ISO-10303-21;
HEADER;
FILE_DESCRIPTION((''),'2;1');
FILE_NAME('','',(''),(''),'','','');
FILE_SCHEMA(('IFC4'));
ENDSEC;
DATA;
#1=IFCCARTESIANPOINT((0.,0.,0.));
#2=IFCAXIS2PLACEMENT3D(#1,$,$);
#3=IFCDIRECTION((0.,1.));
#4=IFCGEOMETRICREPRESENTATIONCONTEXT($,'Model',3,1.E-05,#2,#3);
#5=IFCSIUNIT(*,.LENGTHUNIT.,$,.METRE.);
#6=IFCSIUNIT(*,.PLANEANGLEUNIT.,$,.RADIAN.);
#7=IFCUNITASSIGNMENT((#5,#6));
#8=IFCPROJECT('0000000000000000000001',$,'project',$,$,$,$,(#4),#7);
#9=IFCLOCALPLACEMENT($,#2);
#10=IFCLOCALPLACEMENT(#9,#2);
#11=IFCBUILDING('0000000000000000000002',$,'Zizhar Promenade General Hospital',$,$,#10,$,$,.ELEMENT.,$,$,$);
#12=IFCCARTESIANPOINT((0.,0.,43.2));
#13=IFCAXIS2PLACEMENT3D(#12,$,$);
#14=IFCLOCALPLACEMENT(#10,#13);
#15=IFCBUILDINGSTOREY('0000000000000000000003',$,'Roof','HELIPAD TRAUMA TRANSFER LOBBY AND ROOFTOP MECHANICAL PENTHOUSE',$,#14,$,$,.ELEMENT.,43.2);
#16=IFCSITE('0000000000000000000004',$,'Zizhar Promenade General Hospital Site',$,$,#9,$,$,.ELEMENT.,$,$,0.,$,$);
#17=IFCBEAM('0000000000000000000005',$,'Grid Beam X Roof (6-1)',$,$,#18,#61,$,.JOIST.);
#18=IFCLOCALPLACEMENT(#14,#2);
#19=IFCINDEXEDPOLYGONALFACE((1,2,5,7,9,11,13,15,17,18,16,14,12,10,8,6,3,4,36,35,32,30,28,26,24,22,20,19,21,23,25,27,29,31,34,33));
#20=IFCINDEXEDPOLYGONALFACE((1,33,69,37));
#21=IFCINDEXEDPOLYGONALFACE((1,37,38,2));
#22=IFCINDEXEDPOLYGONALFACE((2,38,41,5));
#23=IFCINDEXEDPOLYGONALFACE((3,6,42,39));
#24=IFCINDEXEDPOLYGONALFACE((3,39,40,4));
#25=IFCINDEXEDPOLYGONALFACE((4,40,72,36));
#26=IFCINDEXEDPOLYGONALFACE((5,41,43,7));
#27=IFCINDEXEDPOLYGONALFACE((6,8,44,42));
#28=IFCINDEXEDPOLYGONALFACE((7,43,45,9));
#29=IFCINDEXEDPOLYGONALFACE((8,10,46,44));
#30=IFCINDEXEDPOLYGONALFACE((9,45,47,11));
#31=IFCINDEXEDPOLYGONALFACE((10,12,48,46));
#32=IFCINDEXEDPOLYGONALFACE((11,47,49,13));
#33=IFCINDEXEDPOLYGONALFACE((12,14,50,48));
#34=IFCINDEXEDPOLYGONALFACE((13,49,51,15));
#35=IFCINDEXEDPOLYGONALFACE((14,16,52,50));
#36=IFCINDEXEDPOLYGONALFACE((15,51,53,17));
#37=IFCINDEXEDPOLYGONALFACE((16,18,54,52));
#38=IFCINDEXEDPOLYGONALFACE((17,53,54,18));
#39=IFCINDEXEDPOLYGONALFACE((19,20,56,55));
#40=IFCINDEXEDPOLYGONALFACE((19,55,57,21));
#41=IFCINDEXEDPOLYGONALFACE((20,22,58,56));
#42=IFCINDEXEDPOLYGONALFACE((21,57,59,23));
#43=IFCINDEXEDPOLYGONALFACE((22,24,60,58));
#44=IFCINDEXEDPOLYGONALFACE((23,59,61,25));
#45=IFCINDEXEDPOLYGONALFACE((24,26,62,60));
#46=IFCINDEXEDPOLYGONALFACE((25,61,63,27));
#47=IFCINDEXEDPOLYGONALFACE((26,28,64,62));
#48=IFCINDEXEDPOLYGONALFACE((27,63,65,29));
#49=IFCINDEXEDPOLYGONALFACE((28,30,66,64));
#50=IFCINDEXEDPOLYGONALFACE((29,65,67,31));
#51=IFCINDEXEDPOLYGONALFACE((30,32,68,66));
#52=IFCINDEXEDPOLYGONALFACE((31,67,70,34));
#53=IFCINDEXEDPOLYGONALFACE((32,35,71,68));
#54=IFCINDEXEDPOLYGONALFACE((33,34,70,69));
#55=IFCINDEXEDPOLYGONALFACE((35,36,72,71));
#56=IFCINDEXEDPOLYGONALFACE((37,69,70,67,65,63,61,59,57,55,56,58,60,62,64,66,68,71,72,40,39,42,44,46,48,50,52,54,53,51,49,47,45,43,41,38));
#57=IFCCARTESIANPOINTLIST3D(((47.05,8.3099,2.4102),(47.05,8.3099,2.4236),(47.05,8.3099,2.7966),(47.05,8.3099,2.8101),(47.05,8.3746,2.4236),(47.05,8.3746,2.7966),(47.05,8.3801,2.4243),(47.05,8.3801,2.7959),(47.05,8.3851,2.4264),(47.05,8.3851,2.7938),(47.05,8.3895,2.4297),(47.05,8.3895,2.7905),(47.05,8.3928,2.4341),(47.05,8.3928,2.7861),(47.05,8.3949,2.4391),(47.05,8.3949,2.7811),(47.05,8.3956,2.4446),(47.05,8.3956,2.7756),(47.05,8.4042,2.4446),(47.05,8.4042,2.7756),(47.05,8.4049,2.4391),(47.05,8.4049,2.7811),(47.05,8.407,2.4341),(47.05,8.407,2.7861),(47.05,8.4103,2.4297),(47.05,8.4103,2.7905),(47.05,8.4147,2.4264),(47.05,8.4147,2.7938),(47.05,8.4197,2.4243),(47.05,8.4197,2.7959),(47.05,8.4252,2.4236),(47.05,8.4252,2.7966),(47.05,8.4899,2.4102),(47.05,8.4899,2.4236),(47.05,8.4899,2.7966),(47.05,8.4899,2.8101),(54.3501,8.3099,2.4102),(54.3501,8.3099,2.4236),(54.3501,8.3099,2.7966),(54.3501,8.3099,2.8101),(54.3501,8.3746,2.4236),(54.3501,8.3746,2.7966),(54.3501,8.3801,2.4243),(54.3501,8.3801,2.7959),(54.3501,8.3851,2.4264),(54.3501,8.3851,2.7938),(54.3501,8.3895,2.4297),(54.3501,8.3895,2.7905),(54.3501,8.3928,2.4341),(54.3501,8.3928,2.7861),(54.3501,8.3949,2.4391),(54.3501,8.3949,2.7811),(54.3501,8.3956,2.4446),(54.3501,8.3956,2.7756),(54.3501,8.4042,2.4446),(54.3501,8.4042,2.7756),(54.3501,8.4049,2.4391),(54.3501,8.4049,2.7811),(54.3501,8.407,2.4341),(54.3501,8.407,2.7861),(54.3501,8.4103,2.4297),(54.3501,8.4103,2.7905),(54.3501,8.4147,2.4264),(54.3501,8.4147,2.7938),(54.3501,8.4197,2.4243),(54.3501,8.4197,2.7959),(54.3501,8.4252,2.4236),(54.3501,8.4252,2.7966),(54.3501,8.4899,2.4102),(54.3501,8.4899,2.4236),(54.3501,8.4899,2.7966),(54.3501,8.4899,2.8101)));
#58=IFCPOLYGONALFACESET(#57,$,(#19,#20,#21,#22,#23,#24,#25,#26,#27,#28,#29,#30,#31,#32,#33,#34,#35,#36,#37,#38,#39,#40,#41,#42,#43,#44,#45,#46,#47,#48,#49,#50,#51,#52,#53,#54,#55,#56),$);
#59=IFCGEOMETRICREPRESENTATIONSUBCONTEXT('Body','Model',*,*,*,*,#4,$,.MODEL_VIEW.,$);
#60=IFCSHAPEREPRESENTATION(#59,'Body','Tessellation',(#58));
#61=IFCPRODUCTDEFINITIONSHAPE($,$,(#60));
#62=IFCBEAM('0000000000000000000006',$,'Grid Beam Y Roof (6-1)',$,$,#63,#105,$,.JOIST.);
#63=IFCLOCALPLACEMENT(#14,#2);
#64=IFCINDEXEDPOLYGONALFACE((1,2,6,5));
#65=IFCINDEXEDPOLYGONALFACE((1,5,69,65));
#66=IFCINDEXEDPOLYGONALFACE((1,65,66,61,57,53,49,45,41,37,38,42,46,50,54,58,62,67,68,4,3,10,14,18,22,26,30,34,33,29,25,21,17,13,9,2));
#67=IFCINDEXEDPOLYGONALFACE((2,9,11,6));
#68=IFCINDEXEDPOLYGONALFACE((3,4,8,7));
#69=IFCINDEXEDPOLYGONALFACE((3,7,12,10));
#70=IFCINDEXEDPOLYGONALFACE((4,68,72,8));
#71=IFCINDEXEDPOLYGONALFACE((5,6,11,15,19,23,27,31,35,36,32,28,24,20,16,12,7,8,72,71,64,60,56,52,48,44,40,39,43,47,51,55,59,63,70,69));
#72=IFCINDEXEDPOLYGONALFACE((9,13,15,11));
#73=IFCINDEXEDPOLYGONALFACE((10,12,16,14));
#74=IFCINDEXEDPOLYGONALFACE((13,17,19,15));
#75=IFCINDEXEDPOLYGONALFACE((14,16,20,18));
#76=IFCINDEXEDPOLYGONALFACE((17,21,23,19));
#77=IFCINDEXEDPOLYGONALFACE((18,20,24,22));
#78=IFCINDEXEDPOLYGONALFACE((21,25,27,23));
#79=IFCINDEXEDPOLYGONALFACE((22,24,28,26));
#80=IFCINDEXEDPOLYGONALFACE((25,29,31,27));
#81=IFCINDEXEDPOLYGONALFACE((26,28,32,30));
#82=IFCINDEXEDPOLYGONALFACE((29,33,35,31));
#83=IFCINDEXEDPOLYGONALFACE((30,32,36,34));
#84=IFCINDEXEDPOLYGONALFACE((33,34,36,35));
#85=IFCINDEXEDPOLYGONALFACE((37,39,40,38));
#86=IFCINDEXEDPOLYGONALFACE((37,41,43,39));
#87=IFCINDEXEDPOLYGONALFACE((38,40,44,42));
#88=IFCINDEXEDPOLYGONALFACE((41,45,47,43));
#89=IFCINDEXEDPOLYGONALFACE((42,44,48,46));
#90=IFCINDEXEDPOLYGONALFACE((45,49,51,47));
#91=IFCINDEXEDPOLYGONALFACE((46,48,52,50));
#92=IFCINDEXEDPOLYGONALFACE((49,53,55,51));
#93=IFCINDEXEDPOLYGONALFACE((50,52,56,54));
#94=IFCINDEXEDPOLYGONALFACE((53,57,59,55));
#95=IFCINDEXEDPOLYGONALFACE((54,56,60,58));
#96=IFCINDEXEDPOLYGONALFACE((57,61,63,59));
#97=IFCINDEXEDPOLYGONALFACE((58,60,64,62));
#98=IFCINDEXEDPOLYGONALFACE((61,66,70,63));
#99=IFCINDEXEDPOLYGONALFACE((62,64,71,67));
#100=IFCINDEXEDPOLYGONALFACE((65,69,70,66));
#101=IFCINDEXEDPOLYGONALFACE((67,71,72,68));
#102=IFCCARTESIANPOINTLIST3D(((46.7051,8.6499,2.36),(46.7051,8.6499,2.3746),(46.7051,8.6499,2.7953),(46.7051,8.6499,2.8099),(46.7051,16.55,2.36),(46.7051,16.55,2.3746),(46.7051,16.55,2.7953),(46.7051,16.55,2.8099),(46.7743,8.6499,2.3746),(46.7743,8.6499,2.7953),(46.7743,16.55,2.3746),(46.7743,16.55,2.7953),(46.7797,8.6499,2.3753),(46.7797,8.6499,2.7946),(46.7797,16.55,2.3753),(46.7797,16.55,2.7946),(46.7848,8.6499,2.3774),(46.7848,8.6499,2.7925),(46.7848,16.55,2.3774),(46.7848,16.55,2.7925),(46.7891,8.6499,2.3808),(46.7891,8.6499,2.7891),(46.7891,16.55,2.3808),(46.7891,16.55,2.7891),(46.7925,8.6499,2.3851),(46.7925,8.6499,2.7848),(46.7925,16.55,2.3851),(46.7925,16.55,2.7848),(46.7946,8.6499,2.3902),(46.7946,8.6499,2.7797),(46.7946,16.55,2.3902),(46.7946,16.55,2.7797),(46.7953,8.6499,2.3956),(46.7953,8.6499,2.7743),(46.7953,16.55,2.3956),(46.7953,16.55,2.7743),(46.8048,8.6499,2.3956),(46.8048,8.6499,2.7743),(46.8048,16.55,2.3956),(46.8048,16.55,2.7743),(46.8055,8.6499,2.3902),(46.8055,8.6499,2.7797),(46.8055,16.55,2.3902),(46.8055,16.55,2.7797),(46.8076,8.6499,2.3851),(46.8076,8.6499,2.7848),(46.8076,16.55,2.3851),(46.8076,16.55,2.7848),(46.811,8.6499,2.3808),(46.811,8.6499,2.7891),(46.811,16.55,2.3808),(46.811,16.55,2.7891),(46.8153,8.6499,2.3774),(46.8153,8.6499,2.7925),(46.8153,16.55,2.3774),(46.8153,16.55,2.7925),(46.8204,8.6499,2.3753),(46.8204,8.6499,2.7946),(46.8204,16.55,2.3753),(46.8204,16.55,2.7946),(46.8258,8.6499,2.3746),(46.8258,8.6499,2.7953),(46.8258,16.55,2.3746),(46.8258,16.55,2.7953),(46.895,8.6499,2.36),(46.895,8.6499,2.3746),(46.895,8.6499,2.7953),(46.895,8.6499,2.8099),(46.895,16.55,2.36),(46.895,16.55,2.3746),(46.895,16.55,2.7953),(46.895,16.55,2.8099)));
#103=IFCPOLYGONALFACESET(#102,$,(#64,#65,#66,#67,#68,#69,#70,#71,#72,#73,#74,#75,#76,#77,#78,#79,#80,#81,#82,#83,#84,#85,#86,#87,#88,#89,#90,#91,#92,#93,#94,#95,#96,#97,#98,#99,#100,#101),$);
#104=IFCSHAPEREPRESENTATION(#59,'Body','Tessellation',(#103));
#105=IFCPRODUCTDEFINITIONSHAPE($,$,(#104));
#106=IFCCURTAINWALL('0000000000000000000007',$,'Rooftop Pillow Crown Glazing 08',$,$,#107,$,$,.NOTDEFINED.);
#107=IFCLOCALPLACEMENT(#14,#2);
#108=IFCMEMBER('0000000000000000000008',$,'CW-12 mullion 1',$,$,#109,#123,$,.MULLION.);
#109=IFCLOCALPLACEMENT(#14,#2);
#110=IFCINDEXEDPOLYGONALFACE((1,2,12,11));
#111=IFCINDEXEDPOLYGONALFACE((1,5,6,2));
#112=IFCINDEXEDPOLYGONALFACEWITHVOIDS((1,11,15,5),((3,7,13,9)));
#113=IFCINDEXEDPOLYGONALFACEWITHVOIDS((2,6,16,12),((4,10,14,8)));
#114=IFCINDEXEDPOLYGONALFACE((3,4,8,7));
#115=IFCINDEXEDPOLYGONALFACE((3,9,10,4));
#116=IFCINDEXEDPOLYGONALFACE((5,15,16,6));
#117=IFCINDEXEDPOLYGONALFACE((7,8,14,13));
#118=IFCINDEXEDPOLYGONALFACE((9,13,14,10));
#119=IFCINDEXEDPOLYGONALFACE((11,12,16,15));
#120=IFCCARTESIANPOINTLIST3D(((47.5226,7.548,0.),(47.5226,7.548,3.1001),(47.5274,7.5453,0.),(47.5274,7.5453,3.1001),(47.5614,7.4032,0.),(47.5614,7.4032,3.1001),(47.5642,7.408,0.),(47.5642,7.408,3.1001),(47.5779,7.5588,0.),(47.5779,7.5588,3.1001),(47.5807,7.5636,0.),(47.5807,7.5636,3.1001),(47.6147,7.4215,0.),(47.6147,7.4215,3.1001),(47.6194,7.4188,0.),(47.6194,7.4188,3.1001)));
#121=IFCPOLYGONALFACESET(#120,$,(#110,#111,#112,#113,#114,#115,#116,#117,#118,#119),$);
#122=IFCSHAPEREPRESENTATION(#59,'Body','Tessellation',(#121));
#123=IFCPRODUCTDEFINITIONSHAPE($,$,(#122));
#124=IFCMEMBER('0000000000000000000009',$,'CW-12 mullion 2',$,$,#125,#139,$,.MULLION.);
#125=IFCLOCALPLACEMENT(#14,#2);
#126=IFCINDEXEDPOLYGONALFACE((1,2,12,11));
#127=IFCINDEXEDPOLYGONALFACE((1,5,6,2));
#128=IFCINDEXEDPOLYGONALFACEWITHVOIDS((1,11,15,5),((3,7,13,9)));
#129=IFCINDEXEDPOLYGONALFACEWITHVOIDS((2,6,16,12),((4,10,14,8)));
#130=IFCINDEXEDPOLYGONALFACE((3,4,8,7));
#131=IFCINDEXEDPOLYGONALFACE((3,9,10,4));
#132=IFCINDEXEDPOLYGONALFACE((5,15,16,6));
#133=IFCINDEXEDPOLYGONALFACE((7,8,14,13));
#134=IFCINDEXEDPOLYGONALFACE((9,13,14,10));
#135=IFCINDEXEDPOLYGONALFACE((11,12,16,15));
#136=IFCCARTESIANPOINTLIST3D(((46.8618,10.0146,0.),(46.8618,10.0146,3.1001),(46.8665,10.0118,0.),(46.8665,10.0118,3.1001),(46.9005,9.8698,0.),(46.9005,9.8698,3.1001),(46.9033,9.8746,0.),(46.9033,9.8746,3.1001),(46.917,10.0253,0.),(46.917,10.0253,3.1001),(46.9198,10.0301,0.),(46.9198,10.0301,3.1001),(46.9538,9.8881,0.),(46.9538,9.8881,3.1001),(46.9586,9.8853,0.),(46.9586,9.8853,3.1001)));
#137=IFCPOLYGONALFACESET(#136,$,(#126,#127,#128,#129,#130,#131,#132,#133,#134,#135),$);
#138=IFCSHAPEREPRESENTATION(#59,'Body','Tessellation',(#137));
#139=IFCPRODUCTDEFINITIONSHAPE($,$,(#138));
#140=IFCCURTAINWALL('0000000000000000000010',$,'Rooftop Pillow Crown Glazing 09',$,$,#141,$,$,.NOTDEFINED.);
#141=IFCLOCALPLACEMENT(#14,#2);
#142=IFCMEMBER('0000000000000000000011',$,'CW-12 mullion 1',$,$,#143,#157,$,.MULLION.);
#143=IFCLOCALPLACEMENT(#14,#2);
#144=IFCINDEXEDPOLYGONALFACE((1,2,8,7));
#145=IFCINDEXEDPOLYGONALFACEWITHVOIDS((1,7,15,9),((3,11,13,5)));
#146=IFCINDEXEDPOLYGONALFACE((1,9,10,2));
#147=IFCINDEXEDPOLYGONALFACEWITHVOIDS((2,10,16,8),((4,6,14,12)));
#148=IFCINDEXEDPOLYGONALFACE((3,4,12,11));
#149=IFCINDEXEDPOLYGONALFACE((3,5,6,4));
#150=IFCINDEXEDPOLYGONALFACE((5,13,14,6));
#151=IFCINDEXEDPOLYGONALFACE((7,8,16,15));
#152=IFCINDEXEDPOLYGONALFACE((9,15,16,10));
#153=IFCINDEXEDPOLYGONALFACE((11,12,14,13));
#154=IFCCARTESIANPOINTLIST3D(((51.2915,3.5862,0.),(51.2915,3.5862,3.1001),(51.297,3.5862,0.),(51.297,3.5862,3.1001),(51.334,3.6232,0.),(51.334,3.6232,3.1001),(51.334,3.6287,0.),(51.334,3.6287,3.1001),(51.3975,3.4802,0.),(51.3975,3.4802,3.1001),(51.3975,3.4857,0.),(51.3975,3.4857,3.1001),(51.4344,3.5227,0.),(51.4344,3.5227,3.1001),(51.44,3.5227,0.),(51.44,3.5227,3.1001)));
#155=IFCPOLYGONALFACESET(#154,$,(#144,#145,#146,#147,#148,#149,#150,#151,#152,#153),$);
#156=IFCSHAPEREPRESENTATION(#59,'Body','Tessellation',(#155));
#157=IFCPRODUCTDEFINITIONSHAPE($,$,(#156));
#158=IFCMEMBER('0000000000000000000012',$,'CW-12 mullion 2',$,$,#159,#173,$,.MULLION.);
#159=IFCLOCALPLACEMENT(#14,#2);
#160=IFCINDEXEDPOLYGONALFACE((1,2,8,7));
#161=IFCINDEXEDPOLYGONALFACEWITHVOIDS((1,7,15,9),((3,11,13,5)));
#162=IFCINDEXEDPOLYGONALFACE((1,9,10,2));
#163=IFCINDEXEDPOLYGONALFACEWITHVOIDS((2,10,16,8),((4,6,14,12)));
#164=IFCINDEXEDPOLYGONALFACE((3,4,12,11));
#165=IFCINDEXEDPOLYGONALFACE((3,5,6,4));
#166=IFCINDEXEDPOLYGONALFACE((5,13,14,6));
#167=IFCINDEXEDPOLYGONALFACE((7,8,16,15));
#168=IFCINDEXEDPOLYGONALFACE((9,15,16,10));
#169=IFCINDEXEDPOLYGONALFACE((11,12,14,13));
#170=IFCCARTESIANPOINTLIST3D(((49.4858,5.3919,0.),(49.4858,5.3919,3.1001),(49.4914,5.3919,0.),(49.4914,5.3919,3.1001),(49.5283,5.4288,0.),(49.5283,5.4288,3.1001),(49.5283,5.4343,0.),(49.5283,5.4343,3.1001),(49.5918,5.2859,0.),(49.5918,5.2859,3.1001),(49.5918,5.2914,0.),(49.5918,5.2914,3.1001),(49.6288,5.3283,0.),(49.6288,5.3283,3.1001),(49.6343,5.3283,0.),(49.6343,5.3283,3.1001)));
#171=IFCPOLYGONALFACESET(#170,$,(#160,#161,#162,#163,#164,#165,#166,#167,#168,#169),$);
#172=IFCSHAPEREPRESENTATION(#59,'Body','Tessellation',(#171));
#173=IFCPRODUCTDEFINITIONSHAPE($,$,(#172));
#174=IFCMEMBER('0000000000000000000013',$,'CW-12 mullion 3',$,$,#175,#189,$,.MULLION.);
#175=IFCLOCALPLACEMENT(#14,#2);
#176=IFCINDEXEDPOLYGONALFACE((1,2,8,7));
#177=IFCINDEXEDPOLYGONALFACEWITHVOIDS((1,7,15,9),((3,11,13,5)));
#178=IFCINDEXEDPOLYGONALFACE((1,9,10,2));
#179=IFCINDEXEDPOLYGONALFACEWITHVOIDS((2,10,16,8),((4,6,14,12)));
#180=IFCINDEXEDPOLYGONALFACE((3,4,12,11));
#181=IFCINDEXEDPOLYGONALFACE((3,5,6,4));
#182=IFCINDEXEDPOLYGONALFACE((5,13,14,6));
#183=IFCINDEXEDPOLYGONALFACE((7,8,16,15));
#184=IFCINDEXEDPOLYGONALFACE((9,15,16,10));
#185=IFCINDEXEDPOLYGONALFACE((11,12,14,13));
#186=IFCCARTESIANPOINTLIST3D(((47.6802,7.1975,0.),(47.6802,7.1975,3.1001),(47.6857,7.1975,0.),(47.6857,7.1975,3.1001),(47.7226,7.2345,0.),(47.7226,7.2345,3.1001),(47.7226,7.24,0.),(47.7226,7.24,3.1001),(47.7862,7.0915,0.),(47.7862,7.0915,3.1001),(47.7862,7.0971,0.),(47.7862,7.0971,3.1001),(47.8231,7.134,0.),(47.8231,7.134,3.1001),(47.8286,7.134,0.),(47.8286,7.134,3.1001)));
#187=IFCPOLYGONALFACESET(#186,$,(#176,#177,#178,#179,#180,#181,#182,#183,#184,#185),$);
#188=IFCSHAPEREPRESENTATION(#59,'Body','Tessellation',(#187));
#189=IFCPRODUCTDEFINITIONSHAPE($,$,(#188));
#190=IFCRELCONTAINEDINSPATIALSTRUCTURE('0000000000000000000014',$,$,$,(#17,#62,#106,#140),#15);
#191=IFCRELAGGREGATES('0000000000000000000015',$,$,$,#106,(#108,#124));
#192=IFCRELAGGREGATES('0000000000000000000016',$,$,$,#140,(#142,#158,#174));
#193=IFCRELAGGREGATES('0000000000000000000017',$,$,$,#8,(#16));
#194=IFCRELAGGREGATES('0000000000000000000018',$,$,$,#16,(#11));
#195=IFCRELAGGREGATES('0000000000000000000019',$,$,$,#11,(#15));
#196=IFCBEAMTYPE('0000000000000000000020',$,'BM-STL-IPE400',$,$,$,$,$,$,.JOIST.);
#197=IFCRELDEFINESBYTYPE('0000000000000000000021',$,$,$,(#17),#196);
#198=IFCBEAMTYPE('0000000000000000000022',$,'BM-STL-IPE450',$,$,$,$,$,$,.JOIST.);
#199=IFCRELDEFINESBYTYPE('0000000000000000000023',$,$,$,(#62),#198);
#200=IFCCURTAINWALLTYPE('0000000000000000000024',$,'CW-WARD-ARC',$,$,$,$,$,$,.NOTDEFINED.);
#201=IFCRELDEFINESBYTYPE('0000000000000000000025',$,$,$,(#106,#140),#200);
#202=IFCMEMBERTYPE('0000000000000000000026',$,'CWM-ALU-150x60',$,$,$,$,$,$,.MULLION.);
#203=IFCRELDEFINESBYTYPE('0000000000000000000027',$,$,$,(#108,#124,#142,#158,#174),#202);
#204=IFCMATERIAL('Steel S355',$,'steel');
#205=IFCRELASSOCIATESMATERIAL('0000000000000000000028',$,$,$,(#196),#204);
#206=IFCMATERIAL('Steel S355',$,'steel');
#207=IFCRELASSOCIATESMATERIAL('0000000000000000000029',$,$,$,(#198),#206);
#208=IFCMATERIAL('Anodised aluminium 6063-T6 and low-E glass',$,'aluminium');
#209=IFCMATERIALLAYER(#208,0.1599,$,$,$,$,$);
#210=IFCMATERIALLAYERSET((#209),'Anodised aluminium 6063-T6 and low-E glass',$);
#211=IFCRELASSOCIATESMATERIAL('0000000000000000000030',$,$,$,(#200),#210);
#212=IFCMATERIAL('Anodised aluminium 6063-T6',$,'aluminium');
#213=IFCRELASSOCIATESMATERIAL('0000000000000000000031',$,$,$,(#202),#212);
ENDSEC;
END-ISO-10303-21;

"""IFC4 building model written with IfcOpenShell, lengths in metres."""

from ifc_helpers import new_model, si_unit, direction, frame, origin, origin_2d, place, context, subcontext, project, spatial, hollow_rectangle, i_section, extrude, material, layer, layer_set, material_profile, profile_set, type_object, element, aggregate, save


model = new_model("IFC4")

# Units and contexts
model_context = context("Model", 3, precision=1e-05, world=origin(), true_north=direction((0.0, 1.0)))
body_context = subcontext(model_context, "Body", "Model", "MODEL_VIEW")
ifc_project = project(units=[si_unit("LENGTHUNIT", "METRE"), si_unit("PLANEANGLEUNIT", "RADIAN")], contexts=[model_context])

# Site, building, storey
site_placement = place(None, origin())
site = spatial("IfcSite", under=ifc_project, at=site_placement, Name="Zizhar Promenade General Hospital Site", CompositionType="ELEMENT", RefElevation=0.0)
building_placement = place(site_placement, origin())
building = spatial("IfcBuilding", under=site, at=building_placement, Name="Zizhar Promenade General Hospital", CompositionType="ELEMENT")
storey_placement = place(building_placement, frame((0.0, 0.0, 43.2)))
storey = spatial("IfcBuildingStorey", under=building, at=storey_placement, Name="Roof", Description="HELIPAD TRAUMA TRANSFER LOBBY AND ROOFTOP MECHANICAL PENTHOUSE", CompositionType="ELEMENT", Elevation=43.2)

# Beams
ifc_material_1 = material(Name="Steel S355", Category="steel")
ifc_material_profile_1 = material_profile(ifc_material_1, i_section(OverallWidth=0.1799, OverallDepth=0.3999, WebThickness=0.0085, FlangeThickness=0.0134, FilletRadius=0.021, at=origin_2d()))
ifc_profile_set_1 = profile_set([ifc_material_profile_1], Name="Steel S355")
beam_type_1 = type_object("IfcBeamType", Name="BM-STL-IPE400", PredefinedType="JOIST", material=ifc_profile_set_1)
beam_1_placement = place(storey_placement, frame((47.05, 8.3999, 2.6101), z_axis=(1.0, 0.0, 0.0), x_axis=(0.0, 1.0, 0.0)))
element("IfcBeam", 1, at=beam_1_placement, inside=storey, type_object=beam_type_1, Name="Grid Beam X Roof (6-1)", PredefinedType="JOIST", context=body_context, shape_type="SweptSolid", body=[
    extrude(i_section(OverallWidth=0.1799, OverallDepth=0.3999, WebThickness=0.0085, FlangeThickness=0.0134, FilletRadius=0.021, at=origin_2d()), origin(), (0.0, 0.0, 1.0), 7.3),
])
ifc_material_2 = material(Name="Steel S355", Category="steel")
ifc_material_profile_2 = material_profile(ifc_material_2, i_section(OverallWidth=0.1899, OverallDepth=0.45, WebThickness=0.0095, FlangeThickness=0.0146, FilletRadius=0.021, at=origin_2d()))
ifc_profile_set_2 = profile_set([ifc_material_profile_2], Name="Steel S355")
beam_type_2 = type_object("IfcBeamType", Name="BM-STL-IPE450", PredefinedType="JOIST", material=ifc_profile_set_2)
beam_2_placement = place(storey_placement, frame((46.8, 8.6499, 2.585), z_axis=(0.0, 1.0, 0.0), x_axis=(-1.0, 0.0, 0.0)))
element("IfcBeam", 2, at=beam_2_placement, inside=storey, type_object=beam_type_2, Name="Grid Beam Y Roof (6-1)", PredefinedType="JOIST", context=body_context, shape_type="SweptSolid", body=[
    extrude(i_section(OverallWidth=0.1899, OverallDepth=0.45, WebThickness=0.0095, FlangeThickness=0.0146, FilletRadius=0.021, at=origin_2d()), origin(), (0.0, 0.0, 1.0), 7.9001),
])

# Curtain walls, members
ifc_material_3 = material(Name="Anodised aluminium 6063-T6 and low-E glass", Category="aluminium")
ifc_layer_1 = layer(ifc_material_3, 0.1599)
ifc_layer_set_1 = layer_set([ifc_layer_1], Name="Anodised aluminium 6063-T6 and low-E glass")
curtain_wall_type = type_object("IfcCurtainWallType", Name="CW-WARD-ARC", PredefinedType="NOTDEFINED", material=ifc_layer_set_1)
curtain_wall_1_placement = place(storey_placement, origin())
curtain_wall_1 = element("IfcCurtainWall", 3, at=curtain_wall_1_placement, inside=storey, type_object=curtain_wall_type, Name="Rooftop Pillow Crown Glazing 08", PredefinedType="NOTDEFINED")
ifc_material_4 = material(Name="Anodised aluminium 6063-T6", Category="aluminium")
ifc_material_profile_3 = material_profile(ifc_material_4, hollow_rectangle(XDim=0.0601, YDim=0.1499, WallThickness=0.0039, at=origin_2d()))
ifc_profile_set_3 = profile_set([ifc_material_profile_3], Name="Anodised aluminium 6063-T6")
member_type_1 = type_object("IfcMemberType", Name="CWM-ALU-150x60", PredefinedType="MULLION", material=ifc_profile_set_3)
member_1_placement = place(storey_placement, frame((47.571, 7.4834, 0.0), z_axis=(0.0, 0.0, 1.0), x_axis=(-0.965927, -0.258813, 0.0)))
member_1 = element("IfcMember", 4, at=member_1_placement, type_object=member_type_1, Name="CW-12 mullion 1", PredefinedType="MULLION", context=body_context, shape_type="SweptSolid", body=[
    extrude(hollow_rectangle(XDim=0.0601, YDim=0.1499, WallThickness=0.0039, at=origin_2d()), origin(), (0.0, 0.0, 1.0), 3.1001),
])
member_2_placement = place(storey_placement, frame((46.9102, 9.95, 0.0), z_axis=(0.0, 0.0, 1.0), x_axis=(-0.965927, -0.258813, 0.0)))
member_2 = element("IfcMember", 5, at=member_2_placement, type_object=member_type_1, Name="CW-12 mullion 2", PredefinedType="MULLION", context=body_context, shape_type="SweptSolid", body=[
    extrude(hollow_rectangle(XDim=0.0601, YDim=0.1499, WallThickness=0.0039, at=origin_2d()), origin(), (0.0, 0.0, 1.0), 3.1001),
])
curtain_wall_2_placement = place(storey_placement, origin())
curtain_wall_2 = element("IfcCurtainWall", 6, at=curtain_wall_2_placement, inside=storey, type_object=curtain_wall_type, Name="Rooftop Pillow Crown Glazing 09", PredefinedType="NOTDEFINED")
member_3_placement = place(storey_placement, frame((51.3657, 3.5544, 0.0), z_axis=(0.0, 0.0, 1.0), x_axis=(-0.707107, -0.707107, 0.0)))
member_3 = element("IfcMember", 7, at=member_3_placement, type_object=member_type_1, Name="CW-12 mullion 1", PredefinedType="MULLION", context=body_context, shape_type="SweptSolid", body=[
    extrude(hollow_rectangle(XDim=0.0601, YDim=0.1499, WallThickness=0.0039, at=origin_2d()), origin(), (0.0, 0.0, 1.0), 3.1001),
])
member_4_placement = place(storey_placement, frame((49.5601, 5.3601, 0.0), z_axis=(0.0, 0.0, 1.0), x_axis=(-0.707107, -0.707107, 0.0)))
member_4 = element("IfcMember", 8, at=member_4_placement, type_object=member_type_1, Name="CW-12 mullion 2", PredefinedType="MULLION", context=body_context, shape_type="SweptSolid", body=[
    extrude(hollow_rectangle(XDim=0.0601, YDim=0.1499, WallThickness=0.0039, at=origin_2d()), origin(), (0.0, 0.0, 1.0), 3.1001),
])
member_5_placement = place(storey_placement, frame((47.7544, 7.1658, 0.0), z_axis=(0.0, 0.0, 1.0), x_axis=(-0.707107, -0.707107, 0.0)))
member_5 = element("IfcMember", 9, at=member_5_placement, type_object=member_type_1, Name="CW-12 mullion 3", PredefinedType="MULLION", context=body_context, shape_type="SweptSolid", body=[
    extrude(hollow_rectangle(XDim=0.0601, YDim=0.1499, WallThickness=0.0039, at=origin_2d()), origin(), (0.0, 0.0, 1.0), 3.1001),
])

aggregate(curtain_wall_1, [member_1, member_2])
aggregate(curtain_wall_2, [member_3, member_4, member_5])

save(model, "model.ifc")
